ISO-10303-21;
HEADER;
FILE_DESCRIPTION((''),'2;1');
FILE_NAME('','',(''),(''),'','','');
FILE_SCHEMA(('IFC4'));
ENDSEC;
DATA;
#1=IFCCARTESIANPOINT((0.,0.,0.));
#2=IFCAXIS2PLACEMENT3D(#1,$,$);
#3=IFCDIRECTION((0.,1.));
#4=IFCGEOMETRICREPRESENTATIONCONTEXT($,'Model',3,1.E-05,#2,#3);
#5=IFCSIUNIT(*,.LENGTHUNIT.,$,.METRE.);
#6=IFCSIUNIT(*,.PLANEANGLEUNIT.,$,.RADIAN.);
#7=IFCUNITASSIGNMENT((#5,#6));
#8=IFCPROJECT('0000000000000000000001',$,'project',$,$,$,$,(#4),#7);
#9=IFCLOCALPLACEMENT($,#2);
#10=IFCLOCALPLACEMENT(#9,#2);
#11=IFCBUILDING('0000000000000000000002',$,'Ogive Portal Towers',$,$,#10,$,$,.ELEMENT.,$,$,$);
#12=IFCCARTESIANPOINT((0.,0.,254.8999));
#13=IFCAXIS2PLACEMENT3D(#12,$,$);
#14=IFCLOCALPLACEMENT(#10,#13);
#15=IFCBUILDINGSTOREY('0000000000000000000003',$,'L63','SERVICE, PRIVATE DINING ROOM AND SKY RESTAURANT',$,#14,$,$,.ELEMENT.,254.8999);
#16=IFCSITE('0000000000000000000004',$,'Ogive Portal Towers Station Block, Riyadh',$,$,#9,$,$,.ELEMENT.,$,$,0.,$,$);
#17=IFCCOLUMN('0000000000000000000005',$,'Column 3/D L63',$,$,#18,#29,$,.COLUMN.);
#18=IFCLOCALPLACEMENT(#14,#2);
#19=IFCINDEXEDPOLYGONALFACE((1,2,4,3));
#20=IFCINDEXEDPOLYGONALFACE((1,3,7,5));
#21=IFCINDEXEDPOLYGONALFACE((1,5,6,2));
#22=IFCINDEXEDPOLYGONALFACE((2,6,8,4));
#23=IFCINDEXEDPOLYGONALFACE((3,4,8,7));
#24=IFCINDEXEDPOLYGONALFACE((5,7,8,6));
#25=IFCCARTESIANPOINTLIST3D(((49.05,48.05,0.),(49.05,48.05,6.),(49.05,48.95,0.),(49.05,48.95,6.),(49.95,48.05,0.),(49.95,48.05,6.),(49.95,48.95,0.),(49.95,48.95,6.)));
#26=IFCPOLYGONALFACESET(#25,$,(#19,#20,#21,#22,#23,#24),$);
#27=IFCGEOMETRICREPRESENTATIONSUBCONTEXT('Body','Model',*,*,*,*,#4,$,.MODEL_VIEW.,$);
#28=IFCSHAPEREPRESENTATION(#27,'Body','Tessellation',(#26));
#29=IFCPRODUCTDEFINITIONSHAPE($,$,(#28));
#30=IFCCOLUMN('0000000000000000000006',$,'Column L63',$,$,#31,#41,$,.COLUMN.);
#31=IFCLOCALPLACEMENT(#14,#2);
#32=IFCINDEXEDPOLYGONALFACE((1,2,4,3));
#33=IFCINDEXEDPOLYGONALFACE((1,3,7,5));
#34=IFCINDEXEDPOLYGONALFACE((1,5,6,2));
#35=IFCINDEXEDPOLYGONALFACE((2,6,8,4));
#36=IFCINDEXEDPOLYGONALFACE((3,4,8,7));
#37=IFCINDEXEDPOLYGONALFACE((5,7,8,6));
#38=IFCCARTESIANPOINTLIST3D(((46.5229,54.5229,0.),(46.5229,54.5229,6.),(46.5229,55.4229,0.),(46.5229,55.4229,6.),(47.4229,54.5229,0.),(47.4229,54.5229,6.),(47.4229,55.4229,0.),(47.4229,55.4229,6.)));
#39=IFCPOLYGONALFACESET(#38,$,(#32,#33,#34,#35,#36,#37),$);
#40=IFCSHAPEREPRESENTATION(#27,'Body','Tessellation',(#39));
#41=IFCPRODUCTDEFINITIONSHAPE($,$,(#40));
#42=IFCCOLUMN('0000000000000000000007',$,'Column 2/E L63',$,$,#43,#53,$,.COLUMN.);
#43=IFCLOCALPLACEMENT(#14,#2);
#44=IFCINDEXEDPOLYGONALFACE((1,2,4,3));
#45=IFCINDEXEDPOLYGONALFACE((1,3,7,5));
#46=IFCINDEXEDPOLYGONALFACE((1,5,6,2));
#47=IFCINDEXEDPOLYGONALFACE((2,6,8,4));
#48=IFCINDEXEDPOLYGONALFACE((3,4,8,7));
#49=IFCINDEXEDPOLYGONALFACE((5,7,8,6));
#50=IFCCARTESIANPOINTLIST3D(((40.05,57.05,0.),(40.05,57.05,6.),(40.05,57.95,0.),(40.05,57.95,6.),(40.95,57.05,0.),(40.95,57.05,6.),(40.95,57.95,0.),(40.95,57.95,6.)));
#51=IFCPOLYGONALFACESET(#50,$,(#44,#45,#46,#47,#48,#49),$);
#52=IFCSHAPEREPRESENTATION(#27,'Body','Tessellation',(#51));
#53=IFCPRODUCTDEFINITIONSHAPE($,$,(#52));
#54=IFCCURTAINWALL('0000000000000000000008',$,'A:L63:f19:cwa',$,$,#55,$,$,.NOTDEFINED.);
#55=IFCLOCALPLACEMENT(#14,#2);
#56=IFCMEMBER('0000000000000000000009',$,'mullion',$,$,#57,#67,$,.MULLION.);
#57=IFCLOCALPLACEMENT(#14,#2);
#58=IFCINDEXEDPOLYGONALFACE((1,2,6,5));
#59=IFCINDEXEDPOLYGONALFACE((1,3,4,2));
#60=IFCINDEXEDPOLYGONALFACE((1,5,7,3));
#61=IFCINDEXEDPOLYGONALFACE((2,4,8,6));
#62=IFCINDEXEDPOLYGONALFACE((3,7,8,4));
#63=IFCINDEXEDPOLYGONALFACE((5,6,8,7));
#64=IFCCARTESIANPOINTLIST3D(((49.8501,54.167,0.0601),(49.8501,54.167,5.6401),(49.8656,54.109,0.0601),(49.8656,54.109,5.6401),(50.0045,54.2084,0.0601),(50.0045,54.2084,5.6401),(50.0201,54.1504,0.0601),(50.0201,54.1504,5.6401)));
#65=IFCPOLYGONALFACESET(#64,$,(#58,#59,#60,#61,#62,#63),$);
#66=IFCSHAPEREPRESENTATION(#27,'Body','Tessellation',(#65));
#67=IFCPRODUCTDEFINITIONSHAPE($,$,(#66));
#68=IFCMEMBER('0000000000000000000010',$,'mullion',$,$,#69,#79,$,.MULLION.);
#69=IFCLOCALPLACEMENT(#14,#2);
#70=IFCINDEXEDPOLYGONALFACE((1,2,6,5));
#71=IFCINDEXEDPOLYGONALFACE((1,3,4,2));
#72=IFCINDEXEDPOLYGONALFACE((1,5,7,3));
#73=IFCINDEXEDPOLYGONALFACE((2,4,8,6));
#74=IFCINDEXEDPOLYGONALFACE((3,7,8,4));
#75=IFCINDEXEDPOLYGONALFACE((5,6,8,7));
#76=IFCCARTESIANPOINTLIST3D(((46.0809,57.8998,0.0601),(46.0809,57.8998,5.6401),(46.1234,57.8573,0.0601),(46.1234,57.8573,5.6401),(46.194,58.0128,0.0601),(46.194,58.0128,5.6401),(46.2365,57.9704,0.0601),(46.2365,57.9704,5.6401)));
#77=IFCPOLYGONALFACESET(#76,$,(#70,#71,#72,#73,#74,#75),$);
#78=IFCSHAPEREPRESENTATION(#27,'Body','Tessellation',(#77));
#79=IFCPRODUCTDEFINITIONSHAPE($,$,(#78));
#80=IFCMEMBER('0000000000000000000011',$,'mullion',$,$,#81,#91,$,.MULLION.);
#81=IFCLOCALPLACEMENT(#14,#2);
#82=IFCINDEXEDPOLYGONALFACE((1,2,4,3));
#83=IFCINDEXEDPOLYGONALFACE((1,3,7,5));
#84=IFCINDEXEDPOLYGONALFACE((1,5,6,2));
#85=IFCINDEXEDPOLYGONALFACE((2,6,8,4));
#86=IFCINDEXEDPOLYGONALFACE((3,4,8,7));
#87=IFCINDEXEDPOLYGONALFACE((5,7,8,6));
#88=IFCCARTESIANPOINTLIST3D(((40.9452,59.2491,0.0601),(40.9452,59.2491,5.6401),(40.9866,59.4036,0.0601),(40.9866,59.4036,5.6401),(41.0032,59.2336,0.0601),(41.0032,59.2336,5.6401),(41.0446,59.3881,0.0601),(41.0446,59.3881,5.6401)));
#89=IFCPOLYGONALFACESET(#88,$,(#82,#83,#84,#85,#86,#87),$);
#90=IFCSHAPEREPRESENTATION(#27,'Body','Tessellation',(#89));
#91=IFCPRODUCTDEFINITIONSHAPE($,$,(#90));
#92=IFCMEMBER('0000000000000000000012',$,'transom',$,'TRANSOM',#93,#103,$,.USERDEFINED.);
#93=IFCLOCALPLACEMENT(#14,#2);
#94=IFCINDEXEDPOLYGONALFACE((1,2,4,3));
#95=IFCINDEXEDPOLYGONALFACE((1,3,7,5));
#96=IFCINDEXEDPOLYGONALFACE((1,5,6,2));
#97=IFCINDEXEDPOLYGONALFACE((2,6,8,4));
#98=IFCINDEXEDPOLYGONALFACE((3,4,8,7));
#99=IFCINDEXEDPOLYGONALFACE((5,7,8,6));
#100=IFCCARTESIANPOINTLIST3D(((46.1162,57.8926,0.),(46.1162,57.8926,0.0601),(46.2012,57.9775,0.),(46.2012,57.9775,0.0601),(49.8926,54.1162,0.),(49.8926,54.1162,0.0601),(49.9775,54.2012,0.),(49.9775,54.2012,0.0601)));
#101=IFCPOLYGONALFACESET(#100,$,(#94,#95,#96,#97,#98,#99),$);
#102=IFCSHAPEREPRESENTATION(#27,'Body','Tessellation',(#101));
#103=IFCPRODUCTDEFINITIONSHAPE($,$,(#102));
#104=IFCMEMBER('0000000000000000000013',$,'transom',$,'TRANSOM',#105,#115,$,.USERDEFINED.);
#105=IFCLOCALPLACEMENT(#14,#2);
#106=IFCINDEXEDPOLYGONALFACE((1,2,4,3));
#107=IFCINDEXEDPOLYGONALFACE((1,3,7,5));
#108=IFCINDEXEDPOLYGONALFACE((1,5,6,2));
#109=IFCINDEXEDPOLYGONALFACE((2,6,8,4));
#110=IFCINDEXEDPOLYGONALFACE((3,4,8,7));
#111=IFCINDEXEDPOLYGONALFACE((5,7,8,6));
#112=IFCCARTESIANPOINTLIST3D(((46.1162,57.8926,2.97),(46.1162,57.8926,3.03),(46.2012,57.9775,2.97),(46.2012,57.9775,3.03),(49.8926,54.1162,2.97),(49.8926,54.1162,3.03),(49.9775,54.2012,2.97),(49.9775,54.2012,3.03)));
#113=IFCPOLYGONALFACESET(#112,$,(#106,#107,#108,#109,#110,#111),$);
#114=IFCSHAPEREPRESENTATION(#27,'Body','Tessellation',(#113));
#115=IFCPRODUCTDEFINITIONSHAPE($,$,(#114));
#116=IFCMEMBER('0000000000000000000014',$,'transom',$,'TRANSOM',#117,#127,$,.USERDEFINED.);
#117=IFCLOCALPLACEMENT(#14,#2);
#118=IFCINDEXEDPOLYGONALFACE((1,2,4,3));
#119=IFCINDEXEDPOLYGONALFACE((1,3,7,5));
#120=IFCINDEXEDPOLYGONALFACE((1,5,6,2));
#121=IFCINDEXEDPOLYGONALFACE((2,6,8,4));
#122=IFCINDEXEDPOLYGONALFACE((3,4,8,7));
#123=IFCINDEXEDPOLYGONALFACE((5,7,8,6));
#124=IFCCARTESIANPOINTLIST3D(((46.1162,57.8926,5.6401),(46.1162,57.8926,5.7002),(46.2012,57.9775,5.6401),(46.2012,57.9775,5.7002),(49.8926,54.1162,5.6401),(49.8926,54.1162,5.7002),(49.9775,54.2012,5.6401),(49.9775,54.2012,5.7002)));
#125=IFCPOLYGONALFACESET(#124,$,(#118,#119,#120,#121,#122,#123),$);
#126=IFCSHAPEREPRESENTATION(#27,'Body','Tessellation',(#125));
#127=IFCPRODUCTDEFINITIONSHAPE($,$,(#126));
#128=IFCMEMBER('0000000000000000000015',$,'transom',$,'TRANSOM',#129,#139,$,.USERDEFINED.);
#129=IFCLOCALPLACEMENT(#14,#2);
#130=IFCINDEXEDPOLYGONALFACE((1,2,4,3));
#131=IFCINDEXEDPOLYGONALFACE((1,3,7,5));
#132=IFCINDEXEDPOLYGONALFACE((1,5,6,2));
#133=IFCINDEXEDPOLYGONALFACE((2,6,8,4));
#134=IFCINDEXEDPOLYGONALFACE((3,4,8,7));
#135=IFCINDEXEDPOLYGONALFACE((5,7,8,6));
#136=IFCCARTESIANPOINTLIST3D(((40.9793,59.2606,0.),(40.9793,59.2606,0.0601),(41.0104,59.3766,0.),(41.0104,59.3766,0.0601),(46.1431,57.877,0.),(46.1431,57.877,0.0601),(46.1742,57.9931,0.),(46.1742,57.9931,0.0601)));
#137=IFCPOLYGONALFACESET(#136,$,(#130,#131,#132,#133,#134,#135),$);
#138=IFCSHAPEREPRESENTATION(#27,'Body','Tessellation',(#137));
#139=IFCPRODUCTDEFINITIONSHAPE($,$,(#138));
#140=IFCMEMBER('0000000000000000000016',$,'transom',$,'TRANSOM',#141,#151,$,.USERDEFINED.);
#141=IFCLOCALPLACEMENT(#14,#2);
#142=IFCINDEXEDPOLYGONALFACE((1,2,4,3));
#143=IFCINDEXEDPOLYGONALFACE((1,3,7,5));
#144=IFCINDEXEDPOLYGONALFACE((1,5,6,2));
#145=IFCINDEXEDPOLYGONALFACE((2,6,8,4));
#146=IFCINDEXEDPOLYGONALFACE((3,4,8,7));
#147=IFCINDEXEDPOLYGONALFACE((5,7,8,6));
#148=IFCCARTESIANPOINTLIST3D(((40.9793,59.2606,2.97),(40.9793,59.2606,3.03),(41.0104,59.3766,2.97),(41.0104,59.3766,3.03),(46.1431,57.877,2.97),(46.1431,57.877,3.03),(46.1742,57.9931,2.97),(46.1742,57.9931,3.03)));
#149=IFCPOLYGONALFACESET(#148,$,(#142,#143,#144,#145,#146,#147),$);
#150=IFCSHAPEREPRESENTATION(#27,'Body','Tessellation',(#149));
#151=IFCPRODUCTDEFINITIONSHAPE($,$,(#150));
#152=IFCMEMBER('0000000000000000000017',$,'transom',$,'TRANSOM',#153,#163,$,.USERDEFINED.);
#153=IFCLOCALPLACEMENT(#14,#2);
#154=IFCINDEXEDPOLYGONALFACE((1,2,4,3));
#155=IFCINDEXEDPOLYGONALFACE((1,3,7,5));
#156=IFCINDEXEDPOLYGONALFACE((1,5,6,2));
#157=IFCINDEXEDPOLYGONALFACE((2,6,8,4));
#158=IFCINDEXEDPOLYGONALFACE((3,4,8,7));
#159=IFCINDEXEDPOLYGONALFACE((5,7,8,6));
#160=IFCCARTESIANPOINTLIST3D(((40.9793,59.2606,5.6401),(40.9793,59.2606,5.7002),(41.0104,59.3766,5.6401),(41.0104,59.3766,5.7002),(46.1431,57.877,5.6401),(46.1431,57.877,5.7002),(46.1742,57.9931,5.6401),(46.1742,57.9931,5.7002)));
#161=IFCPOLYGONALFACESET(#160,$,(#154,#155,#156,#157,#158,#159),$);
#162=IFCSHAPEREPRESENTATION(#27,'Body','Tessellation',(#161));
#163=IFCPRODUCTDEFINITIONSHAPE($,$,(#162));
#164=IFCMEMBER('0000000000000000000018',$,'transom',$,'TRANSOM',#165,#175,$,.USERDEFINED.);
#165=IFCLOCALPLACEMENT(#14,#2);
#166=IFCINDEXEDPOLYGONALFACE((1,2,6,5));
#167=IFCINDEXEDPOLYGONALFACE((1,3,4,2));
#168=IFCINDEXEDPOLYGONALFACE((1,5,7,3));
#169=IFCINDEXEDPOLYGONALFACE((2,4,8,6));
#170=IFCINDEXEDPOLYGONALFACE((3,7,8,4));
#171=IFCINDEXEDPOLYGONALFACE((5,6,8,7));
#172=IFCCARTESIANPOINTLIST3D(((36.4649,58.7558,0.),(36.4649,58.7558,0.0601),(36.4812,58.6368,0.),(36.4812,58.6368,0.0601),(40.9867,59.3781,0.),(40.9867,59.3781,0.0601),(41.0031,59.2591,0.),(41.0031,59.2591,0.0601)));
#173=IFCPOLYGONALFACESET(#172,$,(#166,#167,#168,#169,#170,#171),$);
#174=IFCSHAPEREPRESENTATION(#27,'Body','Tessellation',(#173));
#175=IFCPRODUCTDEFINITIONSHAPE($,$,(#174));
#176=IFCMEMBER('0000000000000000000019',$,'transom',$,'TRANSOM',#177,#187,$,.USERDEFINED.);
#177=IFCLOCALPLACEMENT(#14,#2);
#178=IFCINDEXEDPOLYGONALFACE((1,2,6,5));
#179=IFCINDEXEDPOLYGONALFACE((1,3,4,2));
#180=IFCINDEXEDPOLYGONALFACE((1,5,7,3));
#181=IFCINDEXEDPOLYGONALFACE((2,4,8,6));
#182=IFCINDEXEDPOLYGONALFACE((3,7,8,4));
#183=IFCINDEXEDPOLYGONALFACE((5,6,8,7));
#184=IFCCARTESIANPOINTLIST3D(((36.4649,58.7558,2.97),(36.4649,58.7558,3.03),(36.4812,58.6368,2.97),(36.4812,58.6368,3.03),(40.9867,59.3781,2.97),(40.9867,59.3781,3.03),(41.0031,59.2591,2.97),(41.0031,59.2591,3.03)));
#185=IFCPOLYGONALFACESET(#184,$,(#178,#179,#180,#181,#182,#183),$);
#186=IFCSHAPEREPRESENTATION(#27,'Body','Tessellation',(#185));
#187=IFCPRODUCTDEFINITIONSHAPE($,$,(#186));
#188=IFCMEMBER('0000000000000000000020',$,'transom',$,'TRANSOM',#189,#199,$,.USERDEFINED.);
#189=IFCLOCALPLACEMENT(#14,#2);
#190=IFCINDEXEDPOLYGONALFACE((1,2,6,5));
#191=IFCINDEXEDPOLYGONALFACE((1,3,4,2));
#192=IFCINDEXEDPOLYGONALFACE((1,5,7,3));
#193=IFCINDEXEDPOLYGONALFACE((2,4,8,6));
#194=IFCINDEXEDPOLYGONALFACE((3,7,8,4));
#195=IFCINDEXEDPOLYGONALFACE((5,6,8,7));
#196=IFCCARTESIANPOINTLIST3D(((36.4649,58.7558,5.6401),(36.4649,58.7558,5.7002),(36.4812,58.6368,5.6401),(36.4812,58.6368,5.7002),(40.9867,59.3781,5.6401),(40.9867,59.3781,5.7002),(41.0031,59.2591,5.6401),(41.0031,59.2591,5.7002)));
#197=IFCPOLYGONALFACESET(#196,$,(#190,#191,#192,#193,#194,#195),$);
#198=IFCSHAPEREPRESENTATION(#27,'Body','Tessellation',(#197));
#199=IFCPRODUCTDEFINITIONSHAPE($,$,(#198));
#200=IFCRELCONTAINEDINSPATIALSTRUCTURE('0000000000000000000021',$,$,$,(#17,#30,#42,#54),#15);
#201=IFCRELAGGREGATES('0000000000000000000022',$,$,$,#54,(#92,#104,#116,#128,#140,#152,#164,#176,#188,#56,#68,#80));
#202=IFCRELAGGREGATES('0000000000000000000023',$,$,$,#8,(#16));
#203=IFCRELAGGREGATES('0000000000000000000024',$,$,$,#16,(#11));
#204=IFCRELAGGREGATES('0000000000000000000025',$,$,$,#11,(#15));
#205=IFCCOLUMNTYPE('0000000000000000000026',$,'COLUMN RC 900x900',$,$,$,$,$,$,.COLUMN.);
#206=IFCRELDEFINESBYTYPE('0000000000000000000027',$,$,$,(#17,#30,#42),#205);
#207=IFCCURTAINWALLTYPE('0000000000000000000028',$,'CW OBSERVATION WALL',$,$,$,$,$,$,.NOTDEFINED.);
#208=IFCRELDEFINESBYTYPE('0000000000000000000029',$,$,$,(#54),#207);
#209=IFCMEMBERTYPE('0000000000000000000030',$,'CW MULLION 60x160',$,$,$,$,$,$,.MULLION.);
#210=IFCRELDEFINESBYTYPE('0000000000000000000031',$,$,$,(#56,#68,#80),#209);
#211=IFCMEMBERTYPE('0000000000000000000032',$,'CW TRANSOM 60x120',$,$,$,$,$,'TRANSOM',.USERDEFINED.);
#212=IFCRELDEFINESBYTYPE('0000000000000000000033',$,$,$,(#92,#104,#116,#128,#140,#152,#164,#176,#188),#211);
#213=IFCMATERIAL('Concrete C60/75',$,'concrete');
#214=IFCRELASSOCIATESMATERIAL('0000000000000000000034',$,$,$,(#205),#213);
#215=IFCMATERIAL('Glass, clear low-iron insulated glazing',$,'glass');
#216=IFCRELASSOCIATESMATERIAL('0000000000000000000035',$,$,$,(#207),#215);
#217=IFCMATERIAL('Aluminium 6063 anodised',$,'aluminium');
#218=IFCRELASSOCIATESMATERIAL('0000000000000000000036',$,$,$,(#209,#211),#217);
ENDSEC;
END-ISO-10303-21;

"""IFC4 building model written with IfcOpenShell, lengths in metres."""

from ifc_helpers import new_model, si_unit, direction, frame, origin, origin_2d, place, context, subcontext, project, spatial, rectangle, extrude, material, material_profile, profile_set, type_object, element, aggregate, save


model = new_model("IFC4")

# Units and contexts
model_context = context("Model", 3, precision=1e-05, world=origin(), true_north=direction((0.0, 1.0)))
body_context = subcontext(model_context, "Body", "Model", "MODEL_VIEW")
ifc_project = project(units=[si_unit("LENGTHUNIT", "METRE"), si_unit("PLANEANGLEUNIT", "RADIAN")], contexts=[model_context])

# Site, building, storey
site_placement = place(None, origin())
site = spatial("IfcSite", under=ifc_project, at=site_placement, Name="Ogive Portal Towers Station Block, Riyadh", CompositionType="ELEMENT", RefElevation=0.0)
building_placement = place(site_placement, origin())
building = spatial("IfcBuilding", under=site, at=building_placement, Name="Ogive Portal Towers", CompositionType="ELEMENT")
storey_placement = place(building_placement, frame((0.0, 0.0, 254.8999)))
storey = spatial("IfcBuildingStorey", under=building, at=storey_placement, Name="L63", Description="SERVICE, PRIVATE DINING ROOM AND SKY RESTAURANT", CompositionType="ELEMENT", Elevation=254.8999)

# Columns
ifc_material_1 = material(Name="Concrete C60/75", Category="concrete")
ifc_material_profile_1 = material_profile(ifc_material_1, rectangle(XDim=0.8999, YDim=0.8999, at=origin_2d()), Name="RC 900x900")
ifc_profile_set_1 = profile_set([ifc_material_profile_1], Name="Concrete C60/75")
column_type = type_object("IfcColumnType", Name="COLUMN RC 900x900", PredefinedType="COLUMN", material=ifc_profile_set_1)
for number, where, z_axis, x_axis, name in (
    (1, (49.5, 48.5, 0.0), (0.0, 0.0, 1.0), (1.0, 0.0, 0.0), "Column 3/D L63"),
    (2, (46.9729, 54.9729, 0.0), (0.0, 0.0, 1.0), (1.0, 0.0, 0.0), "Column L63"),
    (3, (40.5, 57.5, 0.0), (0.0, 0.0, 1.0), (1.0, 0.0, 0.0), "Column 2/E L63"),
):
    element("IfcColumn", number, at=place(storey_placement, frame(where, z_axis=z_axis, x_axis=x_axis)), inside=storey, type_object=column_type, Name=name, PredefinedType="COLUMN", context=body_context, shape_type="SweptSolid", body=[
        extrude(rectangle(XDim=0.8999, YDim=0.8999, at=origin_2d()), origin(), (0.0, 0.0, 1.0), 6.0),
    ])

# Curtain wall, members
ifc_material_2 = material(Name="Glass, clear low-iron insulated glazing", Category="glass")
curtain_wall_type = type_object("IfcCurtainWallType", Name="CW OBSERVATION WALL", PredefinedType="NOTDEFINED", material=ifc_material_2)
curtain_wall_placement = place(storey_placement, origin())
curtain_wall = element("IfcCurtainWall", 4, at=curtain_wall_placement, inside=storey, type_object=curtain_wall_type, Name="A:L63:f19:cwa", PredefinedType="NOTDEFINED")
ifc_material_3 = material(Name="Aluminium 6063 anodised", Category="aluminium")
ifc_material_profile_2 = material_profile(ifc_material_3, rectangle(XDim=0.1599, YDim=0.0601, at=origin_2d()), Name="AL 60x160")
ifc_profile_set_2 = profile_set([ifc_material_profile_2], Name="Aluminium 6063 anodised")
member_type_1 = type_object("IfcMemberType", Name="CW MULLION 60x160", PredefinedType="MULLION", material=ifc_profile_set_2)
member_1_placement = place(storey_placement, frame((49.9351, 54.1587, 0.0601), z_axis=(0.0, 0.0, 1.0), x_axis=(-0.965926, -0.258819, 0.0)))
member_1 = element("IfcMember", 5, at=member_1_placement, type_object=member_type_1, Name="mullion", PredefinedType="MULLION", context=body_context, shape_type="SweptSolid", body=[
    extrude(rectangle(XDim=0.1599, YDim=0.0601, at=origin_2d()), origin(), (0.0, 0.0, 1.0), 5.5801),
])
member_2_placement = place(storey_placement, frame((46.1587, 57.9351, 0.0601), z_axis=(0.0, 0.0, 1.0), x_axis=(-0.707107, -0.707107, 0.0)))
member_2 = element("IfcMember", 6, at=member_2_placement, type_object=member_type_1, Name="mullion", PredefinedType="MULLION", context=body_context, shape_type="SweptSolid", body=[
    extrude(rectangle(XDim=0.1599, YDim=0.0601, at=origin_2d()), origin(), (0.0, 0.0, 1.0), 5.5801),
])
member_3_placement = place(storey_placement, frame((40.9949, 59.3186, 0.0601), z_axis=(0.0, 0.0, 1.0), x_axis=(-0.258819, -0.965926, 0.0)))
member_3 = element("IfcMember", 7, at=member_3_placement, type_object=member_type_1, Name="mullion", PredefinedType="MULLION", context=body_context, shape_type="SweptSolid", body=[
    extrude(rectangle(XDim=0.1599, YDim=0.0601, at=origin_2d()), origin(), (0.0, 0.0, 1.0), 5.5801),
])
ifc_material_profile_3 = material_profile(ifc_material_3, rectangle(XDim=0.1201, YDim=0.0601, at=origin_2d()), Name="AL 120x60")
ifc_profile_set_3 = profile_set([ifc_material_profile_3], Name="Aluminium 6063 anodised")
member_type_2 = type_object("IfcMemberType", Name="CW TRANSOM 60x120", ElementType="TRANSOM", PredefinedType="USERDEFINED", material=ifc_profile_set_3)
member_4_placement = place(storey_placement, frame((49.9351, 54.1587, 0.03), z_axis=(-0.707107, 0.707107, 0.0), x_axis=(-0.707107, -0.707107, 0.0)))
member_4 = element("IfcMember", 8, at=member_4_placement, type_object=member_type_2, Name="transom", ObjectType="TRANSOM", PredefinedType="USERDEFINED", context=body_context, shape_type="SweptSolid", body=[
    extrude(rectangle(XDim=0.1201, YDim=0.0601, at=origin_2d()), origin(), (0.0, 0.0, 1.0), 5.3406),
])
member_5_placement = place(storey_placement, frame((49.9351, 54.1587, 3.0), z_axis=(-0.707107, 0.707107, 0.0), x_axis=(-0.707107, -0.707107, 0.0)))
member_5 = element("IfcMember", 9, at=member_5_placement, type_object=member_type_2, Name="transom", ObjectType="TRANSOM", PredefinedType="USERDEFINED", context=body_context, shape_type="SweptSolid", body=[
    extrude(rectangle(XDim=0.1201, YDim=0.0601, at=origin_2d()), origin(), (0.0, 0.0, 1.0), 5.3406),
])
member_6_placement = place(storey_placement, frame((49.9351, 54.1587, 5.6702), z_axis=(-0.707107, 0.707107, 0.0), x_axis=(-0.707107, -0.707107, 0.0)))
member_6 = element("IfcMember", 10, at=member_6_placement, type_object=member_type_2, Name="transom", ObjectType="TRANSOM", PredefinedType="USERDEFINED", context=body_context, shape_type="SweptSolid", body=[
    extrude(rectangle(XDim=0.1201, YDim=0.0601, at=origin_2d()), origin(), (0.0, 0.0, 1.0), 5.3406),
])
member_7_placement = place(storey_placement, frame((46.1587, 57.9351, 0.03), z_axis=(-0.96593, 0.258802, 0.0), x_axis=(-0.258802, -0.96593, 0.0)))
member_7 = element("IfcMember", 11, at=member_7_placement, type_object=member_type_2, Name="transom", ObjectType="TRANSOM", PredefinedType="USERDEFINED", context=body_context, shape_type="SweptSolid", body=[
    extrude(rectangle(XDim=0.1201, YDim=0.0601, at=origin_2d()), origin(), (0.0, 0.0, 1.0), 5.3459),
])
member_8_placement = place(storey_placement, frame((46.1587, 57.9351, 3.0), z_axis=(-0.96593, 0.258802, 0.0), x_axis=(-0.258802, -0.96593, 0.0)))
member_8 = element("IfcMember", 12, at=member_8_placement, type_object=member_type_2, Name="transom", ObjectType="TRANSOM", PredefinedType="USERDEFINED", context=body_context, shape_type="SweptSolid", body=[
    extrude(rectangle(XDim=0.1201, YDim=0.0601, at=origin_2d()), origin(), (0.0, 0.0, 1.0), 5.3459),
])
member_9_placement = place(storey_placement, frame((46.1587, 57.9351, 5.6702), z_axis=(-0.96593, 0.258802, 0.0), x_axis=(-0.258802, -0.96593, 0.0)))
member_9 = element("IfcMember", 13, at=member_9_placement, type_object=member_type_2, Name="transom", ObjectType="TRANSOM", PredefinedType="USERDEFINED", context=body_context, shape_type="SweptSolid", body=[
    extrude(rectangle(XDim=0.1201, YDim=0.0601, at=origin_2d()), origin(), (0.0, 0.0, 1.0), 5.3459),
])
member_10_placement = place(storey_placement, frame((40.9949, 59.3186, 0.03), z_axis=(-0.990662, -0.136342, 0.0), x_axis=(0.136342, -0.990662, 0.0)))
member_10 = element("IfcMember", 14, at=member_10_placement, type_object=member_type_2, Name="transom", ObjectType="TRANSOM", PredefinedType="USERDEFINED", context=body_context, shape_type="SweptSolid", body=[
    extrude(rectangle(XDim=0.1201, YDim=0.0601, at=origin_2d()), origin(), (0.0, 0.0, 1.0), 4.5645),
])
member_11_placement = place(storey_placement, frame((40.9949, 59.3186, 3.0), z_axis=(-0.990662, -0.136342, 0.0), x_axis=(0.136342, -0.990662, 0.0)))
member_11 = element("IfcMember", 15, at=member_11_placement, type_object=member_type_2, Name="transom", ObjectType="TRANSOM", PredefinedType="USERDEFINED", context=body_context, shape_type="SweptSolid", body=[
    extrude(rectangle(XDim=0.1201, YDim=0.0601, at=origin_2d()), origin(), (0.0, 0.0, 1.0), 4.5645),
])
member_12_placement = place(storey_placement, frame((40.9949, 59.3186, 5.6702), z_axis=(-0.990662, -0.136342, 0.0), x_axis=(0.136342, -0.990662, 0.0)))
member_12 = element("IfcMember", 16, at=member_12_placement, type_object=member_type_2, Name="transom", ObjectType="TRANSOM", PredefinedType="USERDEFINED", context=body_context, shape_type="SweptSolid", body=[
    extrude(rectangle(XDim=0.1201, YDim=0.0601, at=origin_2d()), origin(), (0.0, 0.0, 1.0), 4.5645),
])
aggregate(curtain_wall, [member_4, member_5, member_6, member_7, member_8, member_9, member_10, member_11, member_12, member_1, member_2, member_3])

save(model, "model.ifc")
